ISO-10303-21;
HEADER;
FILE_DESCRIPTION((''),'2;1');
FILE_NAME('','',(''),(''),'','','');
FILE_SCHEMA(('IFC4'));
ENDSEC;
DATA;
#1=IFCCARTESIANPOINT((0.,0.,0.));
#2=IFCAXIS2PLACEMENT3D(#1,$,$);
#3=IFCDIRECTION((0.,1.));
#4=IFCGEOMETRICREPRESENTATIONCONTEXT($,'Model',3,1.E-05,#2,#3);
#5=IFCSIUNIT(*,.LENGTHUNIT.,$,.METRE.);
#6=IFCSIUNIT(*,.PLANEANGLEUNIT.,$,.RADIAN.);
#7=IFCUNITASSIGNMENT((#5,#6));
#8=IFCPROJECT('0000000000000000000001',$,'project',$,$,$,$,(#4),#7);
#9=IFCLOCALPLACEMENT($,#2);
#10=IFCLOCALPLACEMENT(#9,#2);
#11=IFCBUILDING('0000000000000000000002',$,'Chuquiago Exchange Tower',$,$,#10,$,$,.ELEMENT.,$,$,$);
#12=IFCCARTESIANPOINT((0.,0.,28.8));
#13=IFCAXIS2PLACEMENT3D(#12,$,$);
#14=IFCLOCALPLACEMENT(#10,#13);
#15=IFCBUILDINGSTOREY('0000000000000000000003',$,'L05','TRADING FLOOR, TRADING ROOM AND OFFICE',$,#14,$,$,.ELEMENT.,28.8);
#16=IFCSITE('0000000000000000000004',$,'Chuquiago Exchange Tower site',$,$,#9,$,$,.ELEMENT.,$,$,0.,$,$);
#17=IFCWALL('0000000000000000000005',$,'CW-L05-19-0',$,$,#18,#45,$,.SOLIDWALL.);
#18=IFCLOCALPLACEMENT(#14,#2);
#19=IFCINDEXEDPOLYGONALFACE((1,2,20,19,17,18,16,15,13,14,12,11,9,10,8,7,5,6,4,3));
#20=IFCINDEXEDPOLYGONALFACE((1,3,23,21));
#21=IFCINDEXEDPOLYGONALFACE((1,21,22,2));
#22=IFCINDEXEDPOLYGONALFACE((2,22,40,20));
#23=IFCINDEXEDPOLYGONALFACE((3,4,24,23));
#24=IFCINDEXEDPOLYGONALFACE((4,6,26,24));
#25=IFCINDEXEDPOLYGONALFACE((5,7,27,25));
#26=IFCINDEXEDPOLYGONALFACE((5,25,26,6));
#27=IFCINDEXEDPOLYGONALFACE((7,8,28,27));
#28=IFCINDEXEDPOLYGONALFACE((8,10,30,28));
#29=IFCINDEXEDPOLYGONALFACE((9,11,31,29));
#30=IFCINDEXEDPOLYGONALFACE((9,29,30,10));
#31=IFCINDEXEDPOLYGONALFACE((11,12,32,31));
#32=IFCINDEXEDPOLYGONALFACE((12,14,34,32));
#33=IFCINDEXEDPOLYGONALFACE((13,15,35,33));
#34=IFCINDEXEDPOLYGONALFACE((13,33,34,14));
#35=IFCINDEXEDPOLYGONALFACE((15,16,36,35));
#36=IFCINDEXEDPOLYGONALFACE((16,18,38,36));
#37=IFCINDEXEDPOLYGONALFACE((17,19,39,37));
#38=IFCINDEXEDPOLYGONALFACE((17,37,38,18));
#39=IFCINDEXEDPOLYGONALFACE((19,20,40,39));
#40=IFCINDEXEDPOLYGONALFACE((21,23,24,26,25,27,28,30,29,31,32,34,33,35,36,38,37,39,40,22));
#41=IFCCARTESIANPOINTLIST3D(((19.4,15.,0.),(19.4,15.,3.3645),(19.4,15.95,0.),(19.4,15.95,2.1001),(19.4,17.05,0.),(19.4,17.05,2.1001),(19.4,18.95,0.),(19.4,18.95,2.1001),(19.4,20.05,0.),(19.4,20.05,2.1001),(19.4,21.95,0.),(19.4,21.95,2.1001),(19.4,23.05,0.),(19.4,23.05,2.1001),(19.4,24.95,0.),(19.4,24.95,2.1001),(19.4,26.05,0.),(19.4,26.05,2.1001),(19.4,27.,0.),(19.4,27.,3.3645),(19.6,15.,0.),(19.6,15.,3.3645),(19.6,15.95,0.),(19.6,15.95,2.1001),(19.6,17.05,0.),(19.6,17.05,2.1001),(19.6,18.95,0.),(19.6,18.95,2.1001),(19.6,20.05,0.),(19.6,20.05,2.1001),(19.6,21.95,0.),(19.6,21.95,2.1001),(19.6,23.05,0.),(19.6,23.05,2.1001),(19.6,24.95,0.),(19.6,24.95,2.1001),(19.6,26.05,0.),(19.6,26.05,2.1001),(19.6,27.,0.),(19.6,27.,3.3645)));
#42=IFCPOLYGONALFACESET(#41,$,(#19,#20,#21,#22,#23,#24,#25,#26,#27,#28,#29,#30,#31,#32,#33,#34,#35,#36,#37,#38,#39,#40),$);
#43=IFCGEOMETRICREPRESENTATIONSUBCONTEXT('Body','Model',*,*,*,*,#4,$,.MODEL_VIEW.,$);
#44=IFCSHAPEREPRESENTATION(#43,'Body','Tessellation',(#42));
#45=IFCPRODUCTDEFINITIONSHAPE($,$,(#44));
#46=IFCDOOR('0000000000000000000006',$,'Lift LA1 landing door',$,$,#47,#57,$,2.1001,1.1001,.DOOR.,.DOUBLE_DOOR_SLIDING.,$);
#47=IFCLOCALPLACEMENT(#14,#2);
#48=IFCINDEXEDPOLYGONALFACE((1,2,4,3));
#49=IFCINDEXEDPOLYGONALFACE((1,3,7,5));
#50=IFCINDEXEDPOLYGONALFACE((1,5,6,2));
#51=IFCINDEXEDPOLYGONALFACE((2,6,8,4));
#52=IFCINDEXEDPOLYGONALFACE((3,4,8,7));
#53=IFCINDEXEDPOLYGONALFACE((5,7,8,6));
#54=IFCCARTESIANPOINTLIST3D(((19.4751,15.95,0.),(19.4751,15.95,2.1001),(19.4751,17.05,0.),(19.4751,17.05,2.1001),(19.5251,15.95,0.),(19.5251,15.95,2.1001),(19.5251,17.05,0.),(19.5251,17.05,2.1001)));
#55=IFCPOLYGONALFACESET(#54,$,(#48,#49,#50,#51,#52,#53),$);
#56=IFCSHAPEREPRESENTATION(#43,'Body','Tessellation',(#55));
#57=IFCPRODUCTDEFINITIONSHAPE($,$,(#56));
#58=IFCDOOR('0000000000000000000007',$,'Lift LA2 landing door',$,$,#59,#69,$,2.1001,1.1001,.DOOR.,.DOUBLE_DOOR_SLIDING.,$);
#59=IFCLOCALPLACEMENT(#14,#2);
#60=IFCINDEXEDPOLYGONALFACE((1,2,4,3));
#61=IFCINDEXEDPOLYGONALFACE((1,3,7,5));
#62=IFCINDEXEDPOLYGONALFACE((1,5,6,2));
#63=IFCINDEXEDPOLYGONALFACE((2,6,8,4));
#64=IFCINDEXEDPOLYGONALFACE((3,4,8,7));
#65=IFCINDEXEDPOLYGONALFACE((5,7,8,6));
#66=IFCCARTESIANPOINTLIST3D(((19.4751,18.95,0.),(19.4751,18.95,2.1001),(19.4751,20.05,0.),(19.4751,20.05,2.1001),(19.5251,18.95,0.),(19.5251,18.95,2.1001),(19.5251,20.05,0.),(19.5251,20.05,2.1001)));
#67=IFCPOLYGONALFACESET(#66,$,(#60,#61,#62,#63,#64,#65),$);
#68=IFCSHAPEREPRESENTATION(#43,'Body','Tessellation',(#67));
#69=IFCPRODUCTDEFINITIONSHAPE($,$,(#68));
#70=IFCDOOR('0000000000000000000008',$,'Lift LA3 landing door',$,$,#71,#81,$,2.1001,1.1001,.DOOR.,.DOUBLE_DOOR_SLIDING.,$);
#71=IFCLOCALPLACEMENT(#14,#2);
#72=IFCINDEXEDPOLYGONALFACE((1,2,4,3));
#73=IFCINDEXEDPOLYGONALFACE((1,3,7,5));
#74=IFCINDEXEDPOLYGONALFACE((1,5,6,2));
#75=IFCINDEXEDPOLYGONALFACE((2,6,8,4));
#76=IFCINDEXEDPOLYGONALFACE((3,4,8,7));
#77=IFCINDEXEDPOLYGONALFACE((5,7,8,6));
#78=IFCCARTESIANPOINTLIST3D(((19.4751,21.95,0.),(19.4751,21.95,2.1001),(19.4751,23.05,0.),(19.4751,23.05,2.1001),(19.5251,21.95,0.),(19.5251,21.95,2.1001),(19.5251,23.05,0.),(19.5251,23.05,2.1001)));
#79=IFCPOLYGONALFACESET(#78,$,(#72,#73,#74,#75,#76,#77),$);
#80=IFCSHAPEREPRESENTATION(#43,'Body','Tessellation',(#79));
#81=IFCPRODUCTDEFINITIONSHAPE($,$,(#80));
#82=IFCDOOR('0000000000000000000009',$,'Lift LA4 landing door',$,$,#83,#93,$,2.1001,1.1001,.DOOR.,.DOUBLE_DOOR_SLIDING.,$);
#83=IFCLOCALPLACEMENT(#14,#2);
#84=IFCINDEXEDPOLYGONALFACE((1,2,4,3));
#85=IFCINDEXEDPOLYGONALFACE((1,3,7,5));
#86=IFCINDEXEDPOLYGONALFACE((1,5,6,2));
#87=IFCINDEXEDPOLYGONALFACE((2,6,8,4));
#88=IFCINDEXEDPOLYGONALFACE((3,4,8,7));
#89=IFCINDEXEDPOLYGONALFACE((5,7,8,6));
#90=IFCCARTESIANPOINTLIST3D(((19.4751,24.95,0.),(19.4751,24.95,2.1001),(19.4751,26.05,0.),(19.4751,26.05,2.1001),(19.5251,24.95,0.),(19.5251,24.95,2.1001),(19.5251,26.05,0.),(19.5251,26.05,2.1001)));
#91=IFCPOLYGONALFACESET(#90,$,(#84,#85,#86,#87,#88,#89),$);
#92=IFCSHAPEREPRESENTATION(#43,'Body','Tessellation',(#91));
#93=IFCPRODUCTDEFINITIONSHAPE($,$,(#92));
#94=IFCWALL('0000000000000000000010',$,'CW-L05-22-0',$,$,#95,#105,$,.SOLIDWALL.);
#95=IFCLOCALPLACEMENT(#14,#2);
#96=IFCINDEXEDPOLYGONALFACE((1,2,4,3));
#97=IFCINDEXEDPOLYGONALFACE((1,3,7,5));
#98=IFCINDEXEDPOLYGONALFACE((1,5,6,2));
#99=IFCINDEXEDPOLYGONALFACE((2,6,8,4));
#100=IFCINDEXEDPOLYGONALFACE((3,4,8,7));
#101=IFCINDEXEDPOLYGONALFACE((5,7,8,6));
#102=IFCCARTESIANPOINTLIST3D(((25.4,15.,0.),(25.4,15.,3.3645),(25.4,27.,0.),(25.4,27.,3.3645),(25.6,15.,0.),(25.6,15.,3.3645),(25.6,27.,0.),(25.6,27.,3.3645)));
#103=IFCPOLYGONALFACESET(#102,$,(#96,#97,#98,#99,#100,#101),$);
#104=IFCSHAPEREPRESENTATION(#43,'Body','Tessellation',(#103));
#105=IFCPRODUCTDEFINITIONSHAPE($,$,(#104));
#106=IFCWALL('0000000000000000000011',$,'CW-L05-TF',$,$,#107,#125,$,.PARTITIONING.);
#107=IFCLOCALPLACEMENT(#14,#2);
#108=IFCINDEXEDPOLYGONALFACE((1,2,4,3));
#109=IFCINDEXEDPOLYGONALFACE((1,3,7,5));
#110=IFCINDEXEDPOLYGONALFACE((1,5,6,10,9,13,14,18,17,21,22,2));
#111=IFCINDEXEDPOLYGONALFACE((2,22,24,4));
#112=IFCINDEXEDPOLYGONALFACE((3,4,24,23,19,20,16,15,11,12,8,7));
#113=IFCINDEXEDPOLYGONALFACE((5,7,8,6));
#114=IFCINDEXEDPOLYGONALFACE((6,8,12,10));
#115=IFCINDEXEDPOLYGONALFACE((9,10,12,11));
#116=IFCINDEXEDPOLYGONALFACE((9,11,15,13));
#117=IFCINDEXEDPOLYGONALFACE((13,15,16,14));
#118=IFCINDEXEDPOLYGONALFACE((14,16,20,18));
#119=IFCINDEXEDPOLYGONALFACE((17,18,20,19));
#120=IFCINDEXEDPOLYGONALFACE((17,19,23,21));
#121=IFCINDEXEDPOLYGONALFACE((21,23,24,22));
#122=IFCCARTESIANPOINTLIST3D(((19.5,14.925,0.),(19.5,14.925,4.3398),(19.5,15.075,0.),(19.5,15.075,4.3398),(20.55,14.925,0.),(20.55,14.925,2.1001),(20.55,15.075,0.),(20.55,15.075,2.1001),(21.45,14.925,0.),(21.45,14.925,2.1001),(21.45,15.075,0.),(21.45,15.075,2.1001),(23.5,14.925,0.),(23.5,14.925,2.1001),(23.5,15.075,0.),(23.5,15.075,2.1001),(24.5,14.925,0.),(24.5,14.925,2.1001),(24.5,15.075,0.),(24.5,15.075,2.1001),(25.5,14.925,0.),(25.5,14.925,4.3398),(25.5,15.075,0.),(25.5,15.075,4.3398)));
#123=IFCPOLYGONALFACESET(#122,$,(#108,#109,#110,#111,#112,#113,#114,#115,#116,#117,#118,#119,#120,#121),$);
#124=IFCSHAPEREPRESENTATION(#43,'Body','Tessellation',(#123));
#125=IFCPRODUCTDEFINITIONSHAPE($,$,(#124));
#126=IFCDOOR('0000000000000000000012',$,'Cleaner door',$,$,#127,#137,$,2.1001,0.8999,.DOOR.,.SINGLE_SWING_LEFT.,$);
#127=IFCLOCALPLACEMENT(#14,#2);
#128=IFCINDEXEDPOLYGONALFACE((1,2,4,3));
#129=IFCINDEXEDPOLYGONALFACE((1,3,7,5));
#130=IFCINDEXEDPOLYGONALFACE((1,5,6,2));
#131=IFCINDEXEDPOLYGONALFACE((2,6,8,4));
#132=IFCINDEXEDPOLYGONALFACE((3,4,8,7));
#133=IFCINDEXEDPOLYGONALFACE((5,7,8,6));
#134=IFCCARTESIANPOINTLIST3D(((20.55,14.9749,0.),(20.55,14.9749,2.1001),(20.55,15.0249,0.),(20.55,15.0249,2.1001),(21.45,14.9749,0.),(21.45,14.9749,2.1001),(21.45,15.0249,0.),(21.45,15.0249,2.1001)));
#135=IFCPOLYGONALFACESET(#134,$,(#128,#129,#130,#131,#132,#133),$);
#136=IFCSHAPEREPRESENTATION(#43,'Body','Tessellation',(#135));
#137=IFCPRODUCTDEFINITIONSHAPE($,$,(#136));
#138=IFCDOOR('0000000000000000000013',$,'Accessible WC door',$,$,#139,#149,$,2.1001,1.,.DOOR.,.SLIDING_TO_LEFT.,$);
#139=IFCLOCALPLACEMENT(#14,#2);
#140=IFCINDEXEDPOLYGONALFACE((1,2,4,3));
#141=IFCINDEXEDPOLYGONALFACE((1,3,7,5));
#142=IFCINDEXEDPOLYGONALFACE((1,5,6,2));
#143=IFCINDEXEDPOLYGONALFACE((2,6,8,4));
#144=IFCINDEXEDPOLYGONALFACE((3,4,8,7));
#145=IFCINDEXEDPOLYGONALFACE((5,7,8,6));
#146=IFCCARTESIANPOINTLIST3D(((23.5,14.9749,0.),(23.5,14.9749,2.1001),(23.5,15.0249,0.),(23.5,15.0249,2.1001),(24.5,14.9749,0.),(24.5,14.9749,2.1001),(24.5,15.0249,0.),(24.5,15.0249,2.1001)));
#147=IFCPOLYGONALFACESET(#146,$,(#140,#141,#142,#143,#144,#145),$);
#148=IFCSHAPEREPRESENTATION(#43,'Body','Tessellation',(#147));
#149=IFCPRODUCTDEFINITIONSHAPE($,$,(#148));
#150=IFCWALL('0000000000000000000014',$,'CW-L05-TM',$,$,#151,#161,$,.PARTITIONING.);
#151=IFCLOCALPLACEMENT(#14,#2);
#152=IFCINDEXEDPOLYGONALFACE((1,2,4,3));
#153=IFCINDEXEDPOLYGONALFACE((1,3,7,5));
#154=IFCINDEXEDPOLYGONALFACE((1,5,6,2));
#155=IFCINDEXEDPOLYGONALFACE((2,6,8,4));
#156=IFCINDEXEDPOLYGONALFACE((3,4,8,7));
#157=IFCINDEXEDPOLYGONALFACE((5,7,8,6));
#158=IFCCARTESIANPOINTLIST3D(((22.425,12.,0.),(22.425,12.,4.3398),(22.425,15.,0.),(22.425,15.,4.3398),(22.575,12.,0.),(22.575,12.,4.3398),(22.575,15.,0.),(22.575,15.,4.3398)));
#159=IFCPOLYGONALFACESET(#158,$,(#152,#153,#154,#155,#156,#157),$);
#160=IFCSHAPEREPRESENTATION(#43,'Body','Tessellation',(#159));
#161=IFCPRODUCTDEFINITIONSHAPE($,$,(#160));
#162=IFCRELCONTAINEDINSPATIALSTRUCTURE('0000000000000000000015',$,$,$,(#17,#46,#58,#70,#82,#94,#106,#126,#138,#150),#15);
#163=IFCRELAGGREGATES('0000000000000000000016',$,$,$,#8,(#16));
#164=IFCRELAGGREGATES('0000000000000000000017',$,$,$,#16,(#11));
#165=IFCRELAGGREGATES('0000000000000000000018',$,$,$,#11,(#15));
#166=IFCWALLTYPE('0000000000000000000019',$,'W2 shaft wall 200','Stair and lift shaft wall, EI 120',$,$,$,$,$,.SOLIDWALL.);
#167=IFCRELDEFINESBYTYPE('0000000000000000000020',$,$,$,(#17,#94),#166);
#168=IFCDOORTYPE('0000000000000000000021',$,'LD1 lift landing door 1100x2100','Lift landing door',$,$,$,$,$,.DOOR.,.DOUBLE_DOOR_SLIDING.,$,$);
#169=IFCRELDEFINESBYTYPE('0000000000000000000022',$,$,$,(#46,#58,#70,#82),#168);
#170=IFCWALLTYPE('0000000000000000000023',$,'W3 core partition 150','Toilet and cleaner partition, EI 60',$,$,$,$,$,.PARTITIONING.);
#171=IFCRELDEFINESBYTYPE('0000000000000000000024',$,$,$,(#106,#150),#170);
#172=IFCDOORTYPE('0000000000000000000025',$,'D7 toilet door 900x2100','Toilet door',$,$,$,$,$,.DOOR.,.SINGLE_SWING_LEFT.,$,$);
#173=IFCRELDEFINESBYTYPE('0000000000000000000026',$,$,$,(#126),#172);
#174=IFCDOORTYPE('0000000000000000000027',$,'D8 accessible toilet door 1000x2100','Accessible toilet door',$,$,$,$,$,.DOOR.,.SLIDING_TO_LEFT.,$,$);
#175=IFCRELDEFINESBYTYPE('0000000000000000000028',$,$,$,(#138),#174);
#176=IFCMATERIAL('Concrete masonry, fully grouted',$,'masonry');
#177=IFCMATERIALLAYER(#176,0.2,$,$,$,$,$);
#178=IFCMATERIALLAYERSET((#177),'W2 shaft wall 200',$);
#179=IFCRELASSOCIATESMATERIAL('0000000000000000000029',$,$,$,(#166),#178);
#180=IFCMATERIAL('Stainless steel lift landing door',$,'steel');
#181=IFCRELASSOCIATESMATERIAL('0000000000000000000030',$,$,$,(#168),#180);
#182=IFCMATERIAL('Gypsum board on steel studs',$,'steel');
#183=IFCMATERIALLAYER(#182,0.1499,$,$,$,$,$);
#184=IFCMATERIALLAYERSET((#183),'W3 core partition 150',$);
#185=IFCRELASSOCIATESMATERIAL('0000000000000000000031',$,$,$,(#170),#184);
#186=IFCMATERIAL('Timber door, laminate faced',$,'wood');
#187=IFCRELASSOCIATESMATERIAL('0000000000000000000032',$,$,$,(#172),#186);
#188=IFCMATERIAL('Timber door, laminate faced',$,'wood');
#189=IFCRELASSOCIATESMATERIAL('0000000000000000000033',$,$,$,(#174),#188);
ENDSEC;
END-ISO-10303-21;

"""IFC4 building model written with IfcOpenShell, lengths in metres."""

from ifc_helpers import new_model, si_unit, direction, frame, frame_2d, origin, place, context, subcontext, project, spatial, rectangle, extrude, material, layer, layer_set, type_object, element, fill, save


model = new_model("IFC4")

# Units and contexts
model_context = context("Model", 3, precision=1e-05, world=origin(), true_north=direction((0.0, 1.0)))
body_context = subcontext(model_context, "Body", "Model", "MODEL_VIEW")
ifc_project = project(units=[si_unit("LENGTHUNIT", "METRE"), si_unit("PLANEANGLEUNIT", "RADIAN")], contexts=[model_context])

# Site, building, storey
site_placement = place(None, origin())
site = spatial("IfcSite", under=ifc_project, at=site_placement, Name="Chuquiago Exchange Tower site", CompositionType="ELEMENT", RefElevation=0.0)
building_placement = place(site_placement, origin())
building = spatial("IfcBuilding", under=site, at=building_placement, Name="Chuquiago Exchange Tower", CompositionType="ELEMENT")
storey_placement = place(building_placement, frame((0.0, 0.0, 28.8)))
storey = spatial("IfcBuildingStorey", under=building, at=storey_placement, Name="L05", Description="TRADING FLOOR, TRADING ROOM AND OFFICE", CompositionType="ELEMENT", Elevation=28.8)

# Shared definitions
ifc_material_1 = material(Name="Concrete masonry, fully grouted", Category="masonry")
ifc_layer_1 = layer(ifc_material_1, 0.2)
ifc_layer_set_1 = layer_set([ifc_layer_1], Name="W2 shaft wall 200")
wall_type_1 = type_object("IfcWallType", Name="W2 shaft wall 200", Description="Stair and lift shaft wall, EI 120", PredefinedType="SOLIDWALL", material=ifc_layer_set_1)

# Wall, openings, doors
wall_1_placement = place(storey_placement, frame((19.5, 15.0, 0.0), z_axis=(0.0, 0.0, 1.0), x_axis=(0.0, 1.0, 0.0)))
wall_1 = element("IfcWall", 1, at=wall_1_placement, inside=storey, type_object=wall_type_1, Name="CW-L05-19-0", PredefinedType="SOLIDWALL", context=body_context, shape_type="SweptSolid", body=[
    extrude(rectangle(XDim=12.0, YDim=0.2, at=frame_2d((6.0, 0.0))), origin(), (0.0, 0.0, 1.0), 3.3645),
])
opening_1_placement = place(wall_1_placement, frame((0.95, 0.0, 0.0)))
opening_1 = element("IfcOpeningElement", 2, at=opening_1_placement, cuts=wall_1, PredefinedType="OPENING", context=body_context, shape_type="SweptSolid", body=[
    extrude(rectangle(XDim=1.1001, YDim=2.1001, at=frame_2d((0.55, 1.05))), frame((0.0, 0.1099, 0.0), z_axis=(0.0, -1.0, 0.0), x_axis=(1.0, 0.0, 0.0)), (0.0, 0.0, 1.0), 0.22),
])
opening_2_placement = place(wall_1_placement, frame((3.95, 0.0, 0.0)))
opening_2 = element("IfcOpeningElement", 3, at=opening_2_placement, cuts=wall_1, PredefinedType="OPENING", context=body_context, shape_type="SweptSolid", body=[
    extrude(rectangle(XDim=1.1001, YDim=2.1001, at=frame_2d((0.55, 1.05))), frame((0.0, 0.1099, 0.0), z_axis=(0.0, -1.0, 0.0), x_axis=(1.0, 0.0, 0.0)), (0.0, 0.0, 1.0), 0.22),
])
opening_3_placement = place(wall_1_placement, frame((6.95, 0.0, 0.0)))
opening_3 = element("IfcOpeningElement", 4, at=opening_3_placement, cuts=wall_1, PredefinedType="OPENING", context=body_context, shape_type="SweptSolid", body=[
    extrude(rectangle(XDim=1.1001, YDim=2.1001, at=frame_2d((0.55, 1.05))), frame((0.0, 0.1099, 0.0), z_axis=(0.0, -1.0, 0.0), x_axis=(1.0, 0.0, 0.0)), (0.0, 0.0, 1.0), 0.22),
])
opening_4_placement = place(wall_1_placement, frame((9.95, 0.0, 0.0)))
opening_4 = element("IfcOpeningElement", 5, at=opening_4_placement, cuts=wall_1, PredefinedType="OPENING", context=body_context, shape_type="SweptSolid", body=[
    extrude(rectangle(XDim=1.1001, YDim=2.1001, at=frame_2d((0.55, 1.05))), frame((0.0, 0.1099, 0.0), z_axis=(0.0, -1.0, 0.0), x_axis=(1.0, 0.0, 0.0)), (0.0, 0.0, 1.0), 0.22),
])
ifc_material_2 = material(Name="Stainless steel lift landing door", Category="steel")
door_type_1 = type_object("IfcDoorType", Name="LD1 lift landing door 1100x2100", Description="Lift landing door", OperationType="DOUBLE_DOOR_SLIDING", PredefinedType="DOOR", material=ifc_material_2)
door_1_placement = place(opening_1_placement, origin())
door_1 = element("IfcDoor", 6, at=door_1_placement, inside=storey, type_object=door_type_1, Name="Lift LA1 landing door", OperationType="DOUBLE_DOOR_SLIDING", OverallHeight=2.1001, OverallWidth=1.1001, PredefinedType="DOOR", context=body_context, shape_type="SweptSolid", body=[
    extrude(rectangle(XDim=1.1001, YDim=2.1001, at=frame_2d((0.55, 1.05))), frame((0.0, 0.0249, 0.0), z_axis=(0.0, -1.0, 0.0), x_axis=(1.0, 0.0, 0.0)), (0.0, 0.0, 1.0), 0.05),
])
fill(opening_1, door_1)
door_2_placement = place(opening_2_placement, origin())
door_2 = element("IfcDoor", 7, at=door_2_placement, inside=storey, type_object=door_type_1, Name="Lift LA2 landing door", OperationType="DOUBLE_DOOR_SLIDING", OverallHeight=2.1001, OverallWidth=1.1001, PredefinedType="DOOR", context=body_context, shape_type="SweptSolid", body=[
    extrude(rectangle(XDim=1.1001, YDim=2.1001, at=frame_2d((0.55, 1.05))), frame((0.0, 0.0249, 0.0), z_axis=(0.0, -1.0, 0.0), x_axis=(1.0, 0.0, 0.0)), (0.0, 0.0, 1.0), 0.05),
])
fill(opening_2, door_2)
door_3_placement = place(opening_3_placement, origin())
door_3 = element("IfcDoor", 8, at=door_3_placement, inside=storey, type_object=door_type_1, Name="Lift LA3 landing door", OperationType="DOUBLE_DOOR_SLIDING", OverallHeight=2.1001, OverallWidth=1.1001, PredefinedType="DOOR", context=body_context, shape_type="SweptSolid", body=[
    extrude(rectangle(XDim=1.1001, YDim=2.1001, at=frame_2d((0.55, 1.05))), frame((0.0, 0.0249, 0.0), z_axis=(0.0, -1.0, 0.0), x_axis=(1.0, 0.0, 0.0)), (0.0, 0.0, 1.0), 0.05),
])
fill(opening_3, door_3)
door_4_placement = place(opening_4_placement, origin())
door_4 = element("IfcDoor", 9, at=door_4_placement, inside=storey, type_object=door_type_1, Name="Lift LA4 landing door", OperationType="DOUBLE_DOOR_SLIDING", OverallHeight=2.1001, OverallWidth=1.1001, PredefinedType="DOOR", context=body_context, shape_type="SweptSolid", body=[
    extrude(rectangle(XDim=1.1001, YDim=2.1001, at=frame_2d((0.55, 1.05))), frame((0.0, 0.0249, 0.0), z_axis=(0.0, -1.0, 0.0), x_axis=(1.0, 0.0, 0.0)), (0.0, 0.0, 1.0), 0.05),
])
fill(opening_4, door_4)

# Wall
wall_2_placement = place(storey_placement, frame((25.5, 15.0, 0.0), z_axis=(0.0, 0.0, 1.0), x_axis=(0.0, 1.0, 0.0)))
element("IfcWall", 10, at=wall_2_placement, inside=storey, type_object=wall_type_1, Name="CW-L05-22-0", PredefinedType="SOLIDWALL", context=body_context, shape_type="SweptSolid", body=[
    extrude(rectangle(XDim=12.0, YDim=0.2, at=frame_2d((6.0, 0.0))), origin(), (0.0, 0.0, 1.0), 3.3645),
])

# Wall, openings, doors
ifc_material_3 = material(Name="Gypsum board on steel studs", Category="steel")
ifc_layer_2 = layer(ifc_material_3, 0.1499)
ifc_layer_set_2 = layer_set([ifc_layer_2], Name="W3 core partition 150")
wall_type_2 = type_object("IfcWallType", Name="W3 core partition 150", Description="Toilet and cleaner partition, EI 60", PredefinedType="PARTITIONING", material=ifc_layer_set_2)
wall_3_placement = place(storey_placement, frame((19.5, 15.0, 0.0), z_axis=(0.0, 0.0, 1.0), x_axis=(1.0, 0.0, 0.0)))
wall_3 = element("IfcWall", 11, at=wall_3_placement, inside=storey, type_object=wall_type_2, Name="CW-L05-TF", PredefinedType="PARTITIONING", context=body_context, shape_type="SweptSolid", body=[
    extrude(rectangle(XDim=6.0, YDim=0.1499, at=frame_2d((3.0, 0.0))), origin(), (0.0, 0.0, 1.0), 4.3398),
])
opening_5_placement = place(wall_3_placement, frame((4.0, 0.0, 0.0)))
opening_5 = element("IfcOpeningElement", 12, at=opening_5_placement, cuts=wall_3, PredefinedType="OPENING", context=body_context, shape_type="SweptSolid", body=[
    extrude(rectangle(XDim=1.0, YDim=2.1001, at=frame_2d((0.5, 1.05))), frame((0.0, 0.085, 0.0), z_axis=(0.0, -1.0, 0.0), x_axis=(1.0, 0.0, 0.0)), (0.0, 0.0, 1.0), 0.1699),
])
opening_6_placement = place(wall_3_placement, frame((1.05, 0.0, 0.0)))
opening_6 = element("IfcOpeningElement", 13, at=opening_6_placement, cuts=wall_3, PredefinedType="OPENING", context=body_context, shape_type="SweptSolid", body=[
    extrude(rectangle(XDim=0.8999, YDim=2.1001, at=frame_2d((0.45, 1.05))), frame((0.0, 0.085, 0.0), z_axis=(0.0, -1.0, 0.0), x_axis=(1.0, 0.0, 0.0)), (0.0, 0.0, 1.0), 0.1699),
])
ifc_material_4 = material(Name="Timber door, laminate faced", Category="wood")
door_type_2 = type_object("IfcDoorType", Name="D7 toilet door 900x2100", Description="Toilet door", OperationType="SINGLE_SWING_LEFT", PredefinedType="DOOR", material=ifc_material_4)
door_5_placement = place(opening_6_placement, origin())
door_5 = element("IfcDoor", 14, at=door_5_placement, inside=storey, type_object=door_type_2, Name="Cleaner door", OperationType="SINGLE_SWING_LEFT", OverallHeight=2.1001, OverallWidth=0.8999, PredefinedType="DOOR", context=body_context, shape_type="SweptSolid", body=[
    extrude(rectangle(XDim=0.8999, YDim=2.1001, at=frame_2d((0.45, 1.05))), frame((0.0, 0.0249, 0.0), z_axis=(0.0, -1.0, 0.0), x_axis=(1.0, 0.0, 0.0)), (0.0, 0.0, 1.0), 0.05),
])
fill(opening_6, door_5)
ifc_material_5 = material(Name="Timber door, laminate faced", Category="wood")
door_type_3 = type_object("IfcDoorType", Name="D8 accessible toilet door 1000x2100", Description="Accessible toilet door", OperationType="SLIDING_TO_LEFT", PredefinedType="DOOR", material=ifc_material_5)
door_6_placement = place(opening_5_placement, origin())
door_6 = element("IfcDoor", 15, at=door_6_placement, inside=storey, type_object=door_type_3, Name="Accessible WC door", OperationType="SLIDING_TO_LEFT", OverallHeight=2.1001, OverallWidth=1.0, PredefinedType="DOOR", context=body_context, shape_type="SweptSolid", body=[
    extrude(rectangle(XDim=1.0, YDim=2.1001, at=frame_2d((0.5, 1.05))), frame((0.0, 0.0249, 0.0), z_axis=(0.0, -1.0, 0.0), x_axis=(1.0, 0.0, 0.0)), (0.0, 0.0, 1.0), 0.05),
])
fill(opening_5, door_6)

# Wall
wall_4_placement = place(storey_placement, frame((22.5, 15.0, 0.0), z_axis=(0.0, 0.0, 1.0), x_axis=(0.0, -1.0, 0.0)))
element("IfcWall", 16, at=wall_4_placement, inside=storey, type_object=wall_type_2, Name="CW-L05-TM", PredefinedType="PARTITIONING", context=body_context, shape_type="SweptSolid", body=[
    extrude(rectangle(XDim=3.0, YDim=0.1499, at=frame_2d((1.5, 0.0))), origin(), (0.0, 0.0, 1.0), 4.3398),
])

save(model, "model.ifc")
